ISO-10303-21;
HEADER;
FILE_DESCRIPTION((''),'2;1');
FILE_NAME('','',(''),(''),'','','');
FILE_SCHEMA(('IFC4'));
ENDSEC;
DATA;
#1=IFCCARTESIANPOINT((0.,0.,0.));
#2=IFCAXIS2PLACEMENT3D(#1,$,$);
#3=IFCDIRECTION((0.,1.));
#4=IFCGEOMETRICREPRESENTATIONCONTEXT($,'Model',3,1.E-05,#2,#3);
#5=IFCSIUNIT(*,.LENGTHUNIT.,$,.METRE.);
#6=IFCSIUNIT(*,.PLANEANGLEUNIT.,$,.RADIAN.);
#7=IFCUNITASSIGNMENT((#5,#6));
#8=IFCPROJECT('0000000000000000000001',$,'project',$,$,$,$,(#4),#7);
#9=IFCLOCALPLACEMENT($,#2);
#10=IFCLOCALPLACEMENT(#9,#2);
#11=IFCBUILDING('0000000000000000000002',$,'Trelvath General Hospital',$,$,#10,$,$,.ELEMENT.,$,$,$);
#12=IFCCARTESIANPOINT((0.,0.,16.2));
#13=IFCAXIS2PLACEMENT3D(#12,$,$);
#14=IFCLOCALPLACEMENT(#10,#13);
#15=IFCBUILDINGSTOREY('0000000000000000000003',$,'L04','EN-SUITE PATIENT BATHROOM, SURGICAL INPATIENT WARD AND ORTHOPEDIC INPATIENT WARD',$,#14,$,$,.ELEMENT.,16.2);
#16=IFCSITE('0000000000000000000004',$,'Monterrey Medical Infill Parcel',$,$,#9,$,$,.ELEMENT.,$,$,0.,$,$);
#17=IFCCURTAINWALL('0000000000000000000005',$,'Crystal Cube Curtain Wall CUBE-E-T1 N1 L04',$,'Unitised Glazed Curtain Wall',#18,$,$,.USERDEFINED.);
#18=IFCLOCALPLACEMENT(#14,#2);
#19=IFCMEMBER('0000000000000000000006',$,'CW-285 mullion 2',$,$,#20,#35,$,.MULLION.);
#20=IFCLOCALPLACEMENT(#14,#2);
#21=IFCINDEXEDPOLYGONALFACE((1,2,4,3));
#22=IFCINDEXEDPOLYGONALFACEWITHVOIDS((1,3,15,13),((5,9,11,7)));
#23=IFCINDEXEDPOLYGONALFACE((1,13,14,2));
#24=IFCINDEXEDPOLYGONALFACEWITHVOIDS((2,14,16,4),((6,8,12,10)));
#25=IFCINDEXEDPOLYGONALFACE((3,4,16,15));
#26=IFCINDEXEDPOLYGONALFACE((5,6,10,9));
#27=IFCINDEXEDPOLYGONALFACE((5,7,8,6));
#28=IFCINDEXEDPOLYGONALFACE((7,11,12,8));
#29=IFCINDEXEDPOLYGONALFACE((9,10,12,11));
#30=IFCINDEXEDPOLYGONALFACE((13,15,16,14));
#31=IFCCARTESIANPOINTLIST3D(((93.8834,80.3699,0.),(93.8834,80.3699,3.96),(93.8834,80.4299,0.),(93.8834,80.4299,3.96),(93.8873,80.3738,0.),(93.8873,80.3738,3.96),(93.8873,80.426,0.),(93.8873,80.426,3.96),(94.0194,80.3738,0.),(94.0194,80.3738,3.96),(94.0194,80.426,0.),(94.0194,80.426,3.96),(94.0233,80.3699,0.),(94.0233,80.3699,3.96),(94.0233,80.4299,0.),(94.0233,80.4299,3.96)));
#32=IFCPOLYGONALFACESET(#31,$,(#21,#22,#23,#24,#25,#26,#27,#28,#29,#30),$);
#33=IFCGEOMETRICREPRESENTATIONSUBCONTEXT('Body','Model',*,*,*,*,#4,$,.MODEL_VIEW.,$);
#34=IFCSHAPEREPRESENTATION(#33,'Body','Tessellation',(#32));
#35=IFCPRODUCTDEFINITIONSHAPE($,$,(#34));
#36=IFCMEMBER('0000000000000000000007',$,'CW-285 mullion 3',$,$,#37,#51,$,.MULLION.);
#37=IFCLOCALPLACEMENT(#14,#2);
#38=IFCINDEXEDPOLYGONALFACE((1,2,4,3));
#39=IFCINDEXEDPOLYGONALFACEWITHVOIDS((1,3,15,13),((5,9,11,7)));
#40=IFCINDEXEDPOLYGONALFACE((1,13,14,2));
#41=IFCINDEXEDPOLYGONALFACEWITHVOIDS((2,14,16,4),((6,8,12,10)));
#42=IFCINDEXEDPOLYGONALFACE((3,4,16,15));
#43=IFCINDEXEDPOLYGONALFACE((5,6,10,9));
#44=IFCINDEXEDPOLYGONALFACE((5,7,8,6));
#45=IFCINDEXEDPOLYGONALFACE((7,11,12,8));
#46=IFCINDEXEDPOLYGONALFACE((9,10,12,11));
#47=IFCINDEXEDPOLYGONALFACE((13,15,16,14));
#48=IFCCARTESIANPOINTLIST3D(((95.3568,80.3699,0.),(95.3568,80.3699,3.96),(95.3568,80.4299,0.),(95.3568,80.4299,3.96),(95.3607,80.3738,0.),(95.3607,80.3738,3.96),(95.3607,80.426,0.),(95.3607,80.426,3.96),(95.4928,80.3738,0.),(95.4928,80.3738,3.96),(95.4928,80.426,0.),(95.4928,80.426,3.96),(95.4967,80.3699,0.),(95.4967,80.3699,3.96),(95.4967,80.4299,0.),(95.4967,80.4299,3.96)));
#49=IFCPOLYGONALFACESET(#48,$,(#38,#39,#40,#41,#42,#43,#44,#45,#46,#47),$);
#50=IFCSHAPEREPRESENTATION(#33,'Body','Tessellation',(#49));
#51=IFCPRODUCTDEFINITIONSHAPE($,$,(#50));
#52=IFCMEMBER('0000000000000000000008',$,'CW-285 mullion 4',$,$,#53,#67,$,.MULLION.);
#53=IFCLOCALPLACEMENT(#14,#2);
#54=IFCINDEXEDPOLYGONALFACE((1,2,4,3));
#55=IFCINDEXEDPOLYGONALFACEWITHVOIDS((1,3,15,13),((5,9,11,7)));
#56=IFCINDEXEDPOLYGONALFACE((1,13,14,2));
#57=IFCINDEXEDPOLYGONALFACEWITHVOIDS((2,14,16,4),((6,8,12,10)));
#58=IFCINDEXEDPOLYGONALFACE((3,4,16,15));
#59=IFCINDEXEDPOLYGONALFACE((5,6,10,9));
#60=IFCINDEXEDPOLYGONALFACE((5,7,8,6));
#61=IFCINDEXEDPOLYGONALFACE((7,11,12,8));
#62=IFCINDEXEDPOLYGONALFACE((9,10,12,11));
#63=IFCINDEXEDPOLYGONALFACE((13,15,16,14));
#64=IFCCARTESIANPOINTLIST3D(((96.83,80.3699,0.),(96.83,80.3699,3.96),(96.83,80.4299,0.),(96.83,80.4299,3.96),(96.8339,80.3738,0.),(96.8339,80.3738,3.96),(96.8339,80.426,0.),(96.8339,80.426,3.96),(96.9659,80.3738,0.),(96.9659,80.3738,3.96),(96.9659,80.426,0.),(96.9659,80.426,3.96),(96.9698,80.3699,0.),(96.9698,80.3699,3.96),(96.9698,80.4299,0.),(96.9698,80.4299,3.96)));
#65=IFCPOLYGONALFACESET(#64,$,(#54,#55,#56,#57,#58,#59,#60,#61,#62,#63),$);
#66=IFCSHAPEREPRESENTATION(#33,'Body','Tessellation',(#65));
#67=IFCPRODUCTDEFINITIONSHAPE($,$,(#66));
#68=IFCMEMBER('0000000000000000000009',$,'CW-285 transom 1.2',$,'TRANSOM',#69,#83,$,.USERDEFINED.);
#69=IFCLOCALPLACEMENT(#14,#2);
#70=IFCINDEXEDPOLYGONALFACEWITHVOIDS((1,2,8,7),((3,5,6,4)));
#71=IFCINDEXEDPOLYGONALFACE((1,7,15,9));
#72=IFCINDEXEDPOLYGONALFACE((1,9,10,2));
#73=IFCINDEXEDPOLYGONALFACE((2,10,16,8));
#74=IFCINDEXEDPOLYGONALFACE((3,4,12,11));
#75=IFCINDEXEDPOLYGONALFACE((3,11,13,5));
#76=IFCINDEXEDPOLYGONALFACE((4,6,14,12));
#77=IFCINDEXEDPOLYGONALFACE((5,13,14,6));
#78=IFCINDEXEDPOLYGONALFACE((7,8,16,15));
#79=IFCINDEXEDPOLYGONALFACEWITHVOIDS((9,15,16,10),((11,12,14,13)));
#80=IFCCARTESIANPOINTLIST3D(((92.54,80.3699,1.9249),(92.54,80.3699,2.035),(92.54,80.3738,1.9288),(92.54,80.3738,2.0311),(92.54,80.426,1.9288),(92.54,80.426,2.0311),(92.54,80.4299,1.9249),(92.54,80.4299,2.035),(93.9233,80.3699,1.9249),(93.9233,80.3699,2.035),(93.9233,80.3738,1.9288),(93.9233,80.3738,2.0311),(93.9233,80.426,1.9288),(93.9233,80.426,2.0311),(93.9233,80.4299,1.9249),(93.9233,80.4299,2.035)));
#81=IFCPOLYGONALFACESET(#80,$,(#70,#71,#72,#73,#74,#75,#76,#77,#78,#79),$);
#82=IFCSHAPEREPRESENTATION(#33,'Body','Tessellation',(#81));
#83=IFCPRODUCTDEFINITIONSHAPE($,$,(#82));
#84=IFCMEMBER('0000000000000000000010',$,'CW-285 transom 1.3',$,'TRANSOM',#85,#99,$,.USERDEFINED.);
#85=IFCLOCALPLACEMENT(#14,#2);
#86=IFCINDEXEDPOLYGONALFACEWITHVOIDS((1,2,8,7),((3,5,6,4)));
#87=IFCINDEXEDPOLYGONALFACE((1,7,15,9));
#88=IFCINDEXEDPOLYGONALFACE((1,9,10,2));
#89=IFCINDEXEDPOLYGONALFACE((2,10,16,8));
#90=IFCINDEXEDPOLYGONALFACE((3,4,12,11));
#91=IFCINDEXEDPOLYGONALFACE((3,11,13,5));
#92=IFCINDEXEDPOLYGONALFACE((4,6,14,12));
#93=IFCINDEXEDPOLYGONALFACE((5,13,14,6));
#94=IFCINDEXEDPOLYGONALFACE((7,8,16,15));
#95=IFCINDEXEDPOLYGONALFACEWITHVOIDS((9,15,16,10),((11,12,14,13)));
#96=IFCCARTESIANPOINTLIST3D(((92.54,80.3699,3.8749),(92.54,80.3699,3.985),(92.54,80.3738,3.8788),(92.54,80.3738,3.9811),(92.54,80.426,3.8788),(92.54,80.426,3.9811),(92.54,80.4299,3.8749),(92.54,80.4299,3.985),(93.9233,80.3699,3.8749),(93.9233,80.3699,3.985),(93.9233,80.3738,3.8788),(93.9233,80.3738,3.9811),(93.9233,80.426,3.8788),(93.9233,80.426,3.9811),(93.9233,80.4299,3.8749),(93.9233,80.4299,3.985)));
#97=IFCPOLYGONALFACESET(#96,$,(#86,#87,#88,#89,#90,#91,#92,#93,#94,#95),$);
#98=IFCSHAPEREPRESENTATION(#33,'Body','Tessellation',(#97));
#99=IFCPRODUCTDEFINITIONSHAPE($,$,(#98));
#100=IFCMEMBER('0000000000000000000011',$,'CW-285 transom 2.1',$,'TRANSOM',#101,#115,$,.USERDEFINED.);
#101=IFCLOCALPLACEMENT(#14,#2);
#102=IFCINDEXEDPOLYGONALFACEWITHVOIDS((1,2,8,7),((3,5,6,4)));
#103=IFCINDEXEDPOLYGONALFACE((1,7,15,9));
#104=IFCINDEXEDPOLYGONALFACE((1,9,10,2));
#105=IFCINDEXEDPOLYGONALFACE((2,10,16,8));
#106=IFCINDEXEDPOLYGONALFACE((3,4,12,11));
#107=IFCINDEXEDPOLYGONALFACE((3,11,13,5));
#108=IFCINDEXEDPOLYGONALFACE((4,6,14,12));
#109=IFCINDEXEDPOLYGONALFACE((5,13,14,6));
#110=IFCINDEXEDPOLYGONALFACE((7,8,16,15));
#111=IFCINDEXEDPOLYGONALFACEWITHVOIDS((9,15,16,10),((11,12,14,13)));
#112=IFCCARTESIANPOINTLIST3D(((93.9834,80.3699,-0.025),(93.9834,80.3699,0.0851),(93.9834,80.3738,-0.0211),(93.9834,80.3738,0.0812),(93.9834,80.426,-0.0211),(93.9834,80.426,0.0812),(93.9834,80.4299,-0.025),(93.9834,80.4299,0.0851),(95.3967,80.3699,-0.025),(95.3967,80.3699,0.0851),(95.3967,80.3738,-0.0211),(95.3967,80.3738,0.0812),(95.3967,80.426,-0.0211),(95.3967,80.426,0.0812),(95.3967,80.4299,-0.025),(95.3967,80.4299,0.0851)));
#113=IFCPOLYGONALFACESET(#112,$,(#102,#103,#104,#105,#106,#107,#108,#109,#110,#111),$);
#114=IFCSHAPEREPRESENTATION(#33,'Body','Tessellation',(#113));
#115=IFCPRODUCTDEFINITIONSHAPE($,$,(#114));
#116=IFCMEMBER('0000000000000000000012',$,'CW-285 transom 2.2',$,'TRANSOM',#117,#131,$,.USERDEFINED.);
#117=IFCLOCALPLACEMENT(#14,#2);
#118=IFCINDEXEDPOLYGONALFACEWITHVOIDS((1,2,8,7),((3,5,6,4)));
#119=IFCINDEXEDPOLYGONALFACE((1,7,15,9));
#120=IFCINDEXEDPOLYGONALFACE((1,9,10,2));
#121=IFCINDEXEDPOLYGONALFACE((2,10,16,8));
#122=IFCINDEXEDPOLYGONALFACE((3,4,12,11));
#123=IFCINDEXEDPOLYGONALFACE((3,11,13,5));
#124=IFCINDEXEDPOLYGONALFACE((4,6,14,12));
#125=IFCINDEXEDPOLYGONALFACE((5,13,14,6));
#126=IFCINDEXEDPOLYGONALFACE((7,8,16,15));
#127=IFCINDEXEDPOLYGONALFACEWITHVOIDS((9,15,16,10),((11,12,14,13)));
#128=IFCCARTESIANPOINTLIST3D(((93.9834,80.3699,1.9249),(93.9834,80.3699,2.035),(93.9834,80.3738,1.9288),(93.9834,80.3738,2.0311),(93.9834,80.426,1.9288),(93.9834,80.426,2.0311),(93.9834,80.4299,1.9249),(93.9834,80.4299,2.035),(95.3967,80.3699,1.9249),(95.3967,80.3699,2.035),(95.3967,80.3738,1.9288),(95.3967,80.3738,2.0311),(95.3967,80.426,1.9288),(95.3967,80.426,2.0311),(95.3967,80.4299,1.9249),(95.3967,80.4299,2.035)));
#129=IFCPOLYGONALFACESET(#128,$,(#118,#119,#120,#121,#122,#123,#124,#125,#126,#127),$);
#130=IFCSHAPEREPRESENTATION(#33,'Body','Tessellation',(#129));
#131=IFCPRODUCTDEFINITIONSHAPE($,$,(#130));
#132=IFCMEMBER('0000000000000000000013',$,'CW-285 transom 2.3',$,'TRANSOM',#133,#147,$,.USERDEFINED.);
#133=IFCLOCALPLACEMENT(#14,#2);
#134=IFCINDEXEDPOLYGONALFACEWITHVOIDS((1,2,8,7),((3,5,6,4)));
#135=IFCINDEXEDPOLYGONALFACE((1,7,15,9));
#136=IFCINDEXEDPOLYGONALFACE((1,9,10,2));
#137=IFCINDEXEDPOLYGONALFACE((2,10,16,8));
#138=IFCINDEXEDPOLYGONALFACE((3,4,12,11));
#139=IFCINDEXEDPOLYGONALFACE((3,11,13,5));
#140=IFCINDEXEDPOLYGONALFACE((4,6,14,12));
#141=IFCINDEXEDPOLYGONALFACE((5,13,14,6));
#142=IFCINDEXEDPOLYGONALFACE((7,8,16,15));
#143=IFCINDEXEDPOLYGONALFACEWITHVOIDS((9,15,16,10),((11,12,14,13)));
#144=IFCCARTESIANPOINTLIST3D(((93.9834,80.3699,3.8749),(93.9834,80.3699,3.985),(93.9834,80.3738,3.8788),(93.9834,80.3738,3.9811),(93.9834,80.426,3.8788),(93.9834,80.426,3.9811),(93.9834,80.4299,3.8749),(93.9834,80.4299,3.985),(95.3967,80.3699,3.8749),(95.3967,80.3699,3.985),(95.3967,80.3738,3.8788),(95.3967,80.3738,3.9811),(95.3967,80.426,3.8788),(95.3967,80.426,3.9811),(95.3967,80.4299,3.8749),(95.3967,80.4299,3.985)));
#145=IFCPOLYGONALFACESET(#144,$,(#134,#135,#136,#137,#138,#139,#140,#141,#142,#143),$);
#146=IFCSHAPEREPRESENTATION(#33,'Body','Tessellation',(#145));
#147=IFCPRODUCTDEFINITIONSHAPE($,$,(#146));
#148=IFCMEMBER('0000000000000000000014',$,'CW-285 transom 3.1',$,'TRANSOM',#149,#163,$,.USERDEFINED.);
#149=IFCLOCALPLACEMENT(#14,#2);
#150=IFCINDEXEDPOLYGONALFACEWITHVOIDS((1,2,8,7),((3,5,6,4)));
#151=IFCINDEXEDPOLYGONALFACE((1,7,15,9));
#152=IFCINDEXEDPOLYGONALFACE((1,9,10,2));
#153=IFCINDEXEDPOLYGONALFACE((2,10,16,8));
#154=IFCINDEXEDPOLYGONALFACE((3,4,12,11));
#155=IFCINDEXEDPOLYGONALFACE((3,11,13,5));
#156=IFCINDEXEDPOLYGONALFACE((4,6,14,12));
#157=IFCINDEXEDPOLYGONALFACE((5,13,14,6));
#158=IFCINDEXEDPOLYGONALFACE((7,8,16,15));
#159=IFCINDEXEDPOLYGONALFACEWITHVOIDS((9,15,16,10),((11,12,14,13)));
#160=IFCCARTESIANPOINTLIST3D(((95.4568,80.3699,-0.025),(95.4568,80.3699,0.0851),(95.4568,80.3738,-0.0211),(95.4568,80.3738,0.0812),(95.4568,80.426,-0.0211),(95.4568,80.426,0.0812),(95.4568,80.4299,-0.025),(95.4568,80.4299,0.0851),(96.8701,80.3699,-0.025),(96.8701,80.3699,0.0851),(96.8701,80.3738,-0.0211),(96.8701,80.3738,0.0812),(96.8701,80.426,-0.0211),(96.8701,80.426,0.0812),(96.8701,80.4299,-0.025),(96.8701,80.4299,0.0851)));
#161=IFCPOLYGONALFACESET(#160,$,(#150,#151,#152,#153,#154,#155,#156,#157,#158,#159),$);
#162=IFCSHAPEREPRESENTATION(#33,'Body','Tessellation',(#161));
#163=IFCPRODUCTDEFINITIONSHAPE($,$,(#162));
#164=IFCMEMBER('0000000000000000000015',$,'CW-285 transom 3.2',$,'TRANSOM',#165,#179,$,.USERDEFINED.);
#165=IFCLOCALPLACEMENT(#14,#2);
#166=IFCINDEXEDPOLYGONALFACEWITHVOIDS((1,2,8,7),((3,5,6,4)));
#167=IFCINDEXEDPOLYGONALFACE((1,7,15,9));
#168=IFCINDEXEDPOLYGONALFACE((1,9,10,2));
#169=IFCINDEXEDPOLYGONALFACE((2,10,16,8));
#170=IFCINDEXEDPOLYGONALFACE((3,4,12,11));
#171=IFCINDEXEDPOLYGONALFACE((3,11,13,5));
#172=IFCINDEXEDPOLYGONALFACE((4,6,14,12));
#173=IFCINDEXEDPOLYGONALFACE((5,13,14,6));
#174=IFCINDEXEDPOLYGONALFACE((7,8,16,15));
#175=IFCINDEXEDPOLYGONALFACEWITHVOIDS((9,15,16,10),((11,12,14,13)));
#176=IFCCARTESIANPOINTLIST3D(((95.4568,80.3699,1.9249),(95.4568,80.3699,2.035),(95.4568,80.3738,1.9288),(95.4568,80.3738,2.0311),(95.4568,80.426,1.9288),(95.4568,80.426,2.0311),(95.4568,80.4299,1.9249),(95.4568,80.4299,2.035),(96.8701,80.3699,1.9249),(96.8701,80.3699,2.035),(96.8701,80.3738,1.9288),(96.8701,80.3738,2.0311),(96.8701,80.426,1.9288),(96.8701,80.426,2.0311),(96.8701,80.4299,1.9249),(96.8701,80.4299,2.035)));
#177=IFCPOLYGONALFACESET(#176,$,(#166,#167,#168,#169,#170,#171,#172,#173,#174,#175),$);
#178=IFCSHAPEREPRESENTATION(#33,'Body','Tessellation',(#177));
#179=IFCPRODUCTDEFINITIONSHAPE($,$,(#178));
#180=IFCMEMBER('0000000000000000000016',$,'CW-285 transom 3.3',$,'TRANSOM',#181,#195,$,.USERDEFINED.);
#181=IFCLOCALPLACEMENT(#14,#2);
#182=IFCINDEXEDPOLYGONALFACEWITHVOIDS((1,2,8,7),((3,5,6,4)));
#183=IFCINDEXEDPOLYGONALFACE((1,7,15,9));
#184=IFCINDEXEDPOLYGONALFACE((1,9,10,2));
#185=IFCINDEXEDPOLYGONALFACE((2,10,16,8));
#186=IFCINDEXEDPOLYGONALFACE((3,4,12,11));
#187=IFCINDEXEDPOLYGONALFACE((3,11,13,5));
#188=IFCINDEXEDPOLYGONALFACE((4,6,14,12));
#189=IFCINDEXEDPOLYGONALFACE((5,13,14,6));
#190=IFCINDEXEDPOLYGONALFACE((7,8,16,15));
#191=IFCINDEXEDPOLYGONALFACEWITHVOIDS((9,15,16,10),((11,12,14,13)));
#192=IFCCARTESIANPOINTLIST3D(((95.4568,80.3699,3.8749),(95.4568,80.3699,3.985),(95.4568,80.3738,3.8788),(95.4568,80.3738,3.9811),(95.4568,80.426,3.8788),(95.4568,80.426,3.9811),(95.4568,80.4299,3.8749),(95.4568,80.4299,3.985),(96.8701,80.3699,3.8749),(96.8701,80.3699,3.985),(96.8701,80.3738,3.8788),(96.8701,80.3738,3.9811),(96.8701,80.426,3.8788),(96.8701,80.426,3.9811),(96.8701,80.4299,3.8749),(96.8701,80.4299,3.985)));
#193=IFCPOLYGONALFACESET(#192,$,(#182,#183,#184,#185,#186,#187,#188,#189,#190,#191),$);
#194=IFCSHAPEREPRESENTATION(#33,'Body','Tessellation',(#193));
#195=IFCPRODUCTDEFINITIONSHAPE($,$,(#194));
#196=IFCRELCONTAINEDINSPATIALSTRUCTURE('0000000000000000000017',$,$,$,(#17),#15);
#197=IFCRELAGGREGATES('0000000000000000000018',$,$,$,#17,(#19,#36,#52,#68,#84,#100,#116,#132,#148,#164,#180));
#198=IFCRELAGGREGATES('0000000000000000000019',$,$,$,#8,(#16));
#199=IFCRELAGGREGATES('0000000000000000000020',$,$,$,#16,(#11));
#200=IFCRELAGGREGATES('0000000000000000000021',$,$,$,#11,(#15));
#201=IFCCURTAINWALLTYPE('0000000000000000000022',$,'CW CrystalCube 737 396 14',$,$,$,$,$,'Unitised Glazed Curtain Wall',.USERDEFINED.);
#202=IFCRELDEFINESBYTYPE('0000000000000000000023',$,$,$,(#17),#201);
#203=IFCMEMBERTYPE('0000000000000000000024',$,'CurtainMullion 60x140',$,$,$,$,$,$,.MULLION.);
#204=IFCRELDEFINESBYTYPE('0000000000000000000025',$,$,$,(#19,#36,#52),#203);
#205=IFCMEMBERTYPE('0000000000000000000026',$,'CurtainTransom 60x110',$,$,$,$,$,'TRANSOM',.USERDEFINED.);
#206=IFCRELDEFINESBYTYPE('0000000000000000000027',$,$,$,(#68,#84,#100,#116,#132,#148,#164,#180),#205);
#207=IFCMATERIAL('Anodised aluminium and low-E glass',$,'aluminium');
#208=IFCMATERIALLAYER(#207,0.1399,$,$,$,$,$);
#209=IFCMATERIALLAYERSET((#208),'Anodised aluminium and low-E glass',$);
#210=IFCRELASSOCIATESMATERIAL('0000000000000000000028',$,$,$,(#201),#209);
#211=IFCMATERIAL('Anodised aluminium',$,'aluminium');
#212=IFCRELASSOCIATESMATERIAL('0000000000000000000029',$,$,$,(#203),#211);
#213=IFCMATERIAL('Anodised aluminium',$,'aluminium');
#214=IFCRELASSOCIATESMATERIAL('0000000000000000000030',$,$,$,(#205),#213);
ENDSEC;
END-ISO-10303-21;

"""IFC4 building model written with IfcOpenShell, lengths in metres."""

from ifc_helpers import new_model, si_unit, direction, frame, origin, origin_2d, place, context, subcontext, project, spatial, hollow_rectangle, extrude, material, layer, layer_set, material_profile, profile_set, type_object, element, aggregate, save


model = new_model("IFC4")

# Units and contexts
model_context = context("Model", 3, precision=1e-05, world=origin(), true_north=direction((0.0, 1.0)))
body_context = subcontext(model_context, "Body", "Model", "MODEL_VIEW")
ifc_project = project(units=[si_unit("LENGTHUNIT", "METRE"), si_unit("PLANEANGLEUNIT", "RADIAN")], contexts=[model_context])

# Site, building, storey
site_placement = place(None, origin())
site = spatial("IfcSite", under=ifc_project, at=site_placement, Name="Monterrey Medical Infill Parcel", CompositionType="ELEMENT", RefElevation=0.0)
building_placement = place(site_placement, origin())
building = spatial("IfcBuilding", under=site, at=building_placement, Name="Trelvath General Hospital", CompositionType="ELEMENT")
storey_placement = place(building_placement, frame((0.0, 0.0, 16.2)))
storey = spatial("IfcBuildingStorey", under=building, at=storey_placement, Name="L04", Description="EN-SUITE PATIENT BATHROOM, SURGICAL INPATIENT WARD AND ORTHOPEDIC INPATIENT WARD", CompositionType="ELEMENT", Elevation=16.2)

# Curtain wall, members
ifc_material_1 = material(Name="Anodised aluminium and low-E glass", Category="aluminium")
ifc_layer_1 = layer(ifc_material_1, 0.1399)
ifc_layer_set_1 = layer_set([ifc_layer_1], Name="Anodised aluminium and low-E glass")
curtain_wall_type = type_object("IfcCurtainWallType", Name="CW CrystalCube 737 396 14", ElementType="Unitised Glazed Curtain Wall", PredefinedType="USERDEFINED", material=ifc_layer_set_1)
curtain_wall_placement = place(storey_placement, origin())
curtain_wall = element("IfcCurtainWall", 1, at=curtain_wall_placement, inside=storey, type_object=curtain_wall_type, Name="Crystal Cube Curtain Wall CUBE-E-T1 N1 L04", ObjectType="Unitised Glazed Curtain Wall", PredefinedType="USERDEFINED")
ifc_material_2 = material(Name="Anodised aluminium", Category="aluminium")
ifc_material_profile_1 = material_profile(ifc_material_2, hollow_rectangle(XDim=0.0601, YDim=0.1399, WallThickness=0.0039, at=origin_2d()), Name="RHS60x140x4")
ifc_profile_set_1 = profile_set([ifc_material_profile_1], Name="Anodised aluminium")
member_type_1 = type_object("IfcMemberType", Name="CurtainMullion 60x140", PredefinedType="MULLION", material=ifc_profile_set_1)
member_1_placement = place(storey_placement, frame((93.9534, 80.3999, 0.0), z_axis=(0.0, 0.0, 1.0), x_axis=(0.0, 1.0, 0.0)))
member_1 = element("IfcMember", 2, at=member_1_placement, type_object=member_type_1, Name="CW-285 mullion 2", PredefinedType="MULLION", context=body_context, shape_type="SweptSolid", body=[
    extrude(hollow_rectangle(XDim=0.0601, YDim=0.1399, WallThickness=0.0039, at=origin_2d()), origin(), (0.0, 0.0, 1.0), 3.96),
])
member_2_placement = place(storey_placement, frame((95.4268, 80.3999, 0.0), z_axis=(0.0, 0.0, 1.0), x_axis=(0.0, 1.0, 0.0)))
member_2 = element("IfcMember", 3, at=member_2_placement, type_object=member_type_1, Name="CW-285 mullion 3", PredefinedType="MULLION", context=body_context, shape_type="SweptSolid", body=[
    extrude(hollow_rectangle(XDim=0.0601, YDim=0.1399, WallThickness=0.0039, at=origin_2d()), origin(), (0.0, 0.0, 1.0), 3.96),
])
member_3_placement = place(storey_placement, frame((96.8999, 80.3999, 0.0), z_axis=(0.0, 0.0, 1.0), x_axis=(0.0, 1.0, 0.0)))
member_3 = element("IfcMember", 4, at=member_3_placement, type_object=member_type_1, Name="CW-285 mullion 4", PredefinedType="MULLION", context=body_context, shape_type="SweptSolid", body=[
    extrude(hollow_rectangle(XDim=0.0601, YDim=0.1399, WallThickness=0.0039, at=origin_2d()), origin(), (0.0, 0.0, 1.0), 3.96),
])
ifc_material_3 = material(Name="Anodised aluminium", Category="aluminium")
ifc_material_profile_2 = material_profile(ifc_material_3, hollow_rectangle(XDim=0.0601, YDim=0.1101, WallThickness=0.0039, at=origin_2d()), Name="RHS60x110x4")
ifc_profile_set_2 = profile_set([ifc_material_profile_2], Name="Anodised aluminium")
member_type_2 = type_object("IfcMemberType", Name="CurtainTransom 60x110", ElementType="TRANSOM", PredefinedType="USERDEFINED", material=ifc_profile_set_2)
member_4_placement = place(storey_placement, frame((92.54, 80.3999, 1.98), z_axis=(1.0, 0.0, 0.0), x_axis=(0.0, 1.0, 0.0)))
member_4 = element("IfcMember", 5, at=member_4_placement, type_object=member_type_2, Name="CW-285 transom 1.2", ObjectType="TRANSOM", PredefinedType="USERDEFINED", context=body_context, shape_type="SweptSolid", body=[
    extrude(hollow_rectangle(XDim=0.0601, YDim=0.1101, WallThickness=0.0039, at=origin_2d()), origin(), (0.0, 0.0, 1.0), 1.3833),
])
member_5_placement = place(storey_placement, frame((92.54, 80.3999, 3.9299), z_axis=(1.0, 0.0, 0.0), x_axis=(0.0, 1.0, 0.0)))
member_5 = element("IfcMember", 6, at=member_5_placement, type_object=member_type_2, Name="CW-285 transom 1.3", ObjectType="TRANSOM", PredefinedType="USERDEFINED", context=body_context, shape_type="SweptSolid", body=[
    extrude(hollow_rectangle(XDim=0.0601, YDim=0.1101, WallThickness=0.0039, at=origin_2d()), origin(), (0.0, 0.0, 1.0), 1.3833),
])
member_6_placement = place(storey_placement, frame((93.9834, 80.3999, 0.03), z_axis=(1.0, 0.0, 0.0), x_axis=(0.0, 1.0, 0.0)))
member_6 = element("IfcMember", 7, at=member_6_placement, type_object=member_type_2, Name="CW-285 transom 2.1", ObjectType="TRANSOM", PredefinedType="USERDEFINED", context=body_context, shape_type="SweptSolid", body=[
    extrude(hollow_rectangle(XDim=0.0601, YDim=0.1101, WallThickness=0.0039, at=origin_2d()), origin(), (0.0, 0.0, 1.0), 1.4133),
])
member_7_placement = place(storey_placement, frame((93.9834, 80.3999, 1.98), z_axis=(1.0, 0.0, 0.0), x_axis=(0.0, 1.0, 0.0)))
member_7 = element("IfcMember", 8, at=member_7_placement, type_object=member_type_2, Name="CW-285 transom 2.2", ObjectType="TRANSOM", PredefinedType="USERDEFINED", context=body_context, shape_type="SweptSolid", body=[
    extrude(hollow_rectangle(XDim=0.0601, YDim=0.1101, WallThickness=0.0039, at=origin_2d()), origin(), (0.0, 0.0, 1.0), 1.4133),
])
member_8_placement = place(storey_placement, frame((93.9834, 80.3999, 3.9299), z_axis=(1.0, 0.0, 0.0), x_axis=(0.0, 1.0, 0.0)))
member_8 = element("IfcMember", 9, at=member_8_placement, type_object=member_type_2, Name="CW-285 transom 2.3", ObjectType="TRANSOM", PredefinedType="USERDEFINED", context=body_context, shape_type="SweptSolid", body=[
    extrude(hollow_rectangle(XDim=0.0601, YDim=0.1101, WallThickness=0.0039, at=origin_2d()), origin(), (0.0, 0.0, 1.0), 1.4133),
])
member_9_placement = place(storey_placement, frame((95.4568, 80.3999, 0.03), z_axis=(1.0, 0.0, 0.0), x_axis=(0.0, 1.0, 0.0)))
member_9 = element("IfcMember", 10, at=member_9_placement, type_object=member_type_2, Name="CW-285 transom 3.1", ObjectType="TRANSOM", PredefinedType="USERDEFINED", context=body_context, shape_type="SweptSolid", body=[
    extrude(hollow_rectangle(XDim=0.0601, YDim=0.1101, WallThickness=0.0039, at=origin_2d()), origin(), (0.0, 0.0, 1.0), 1.4133),
])
member_10_placement = place(storey_placement, frame((95.4568, 80.3999, 1.98), z_axis=(1.0, 0.0, 0.0), x_axis=(0.0, 1.0, 0.0)))
member_10 = element("IfcMember", 11, at=member_10_placement, type_object=member_type_2, Name="CW-285 transom 3.2", ObjectType="TRANSOM", PredefinedType="USERDEFINED", context=body_context, shape_type="SweptSolid", body=[
    extrude(hollow_rectangle(XDim=0.0601, YDim=0.1101, WallThickness=0.0039, at=origin_2d()), origin(), (0.0, 0.0, 1.0), 1.4133),
])
member_11_placement = place(storey_placement, frame((95.4568, 80.3999, 3.9299), z_axis=(1.0, 0.0, 0.0), x_axis=(0.0, 1.0, 0.0)))
member_11 = element("IfcMember", 12, at=member_11_placement, type_object=member_type_2, Name="CW-285 transom 3.3", ObjectType="TRANSOM", PredefinedType="USERDEFINED", context=body_context, shape_type="SweptSolid", body=[
    extrude(hollow_rectangle(XDim=0.0601, YDim=0.1101, WallThickness=0.0039, at=origin_2d()), origin(), (0.0, 0.0, 1.0), 1.4133),
])
aggregate(curtain_wall, [member_1, member_2, member_3, member_4, member_5, member_6, member_7, member_8, member_9, member_10, member_11])

save(model, "model.ifc")
